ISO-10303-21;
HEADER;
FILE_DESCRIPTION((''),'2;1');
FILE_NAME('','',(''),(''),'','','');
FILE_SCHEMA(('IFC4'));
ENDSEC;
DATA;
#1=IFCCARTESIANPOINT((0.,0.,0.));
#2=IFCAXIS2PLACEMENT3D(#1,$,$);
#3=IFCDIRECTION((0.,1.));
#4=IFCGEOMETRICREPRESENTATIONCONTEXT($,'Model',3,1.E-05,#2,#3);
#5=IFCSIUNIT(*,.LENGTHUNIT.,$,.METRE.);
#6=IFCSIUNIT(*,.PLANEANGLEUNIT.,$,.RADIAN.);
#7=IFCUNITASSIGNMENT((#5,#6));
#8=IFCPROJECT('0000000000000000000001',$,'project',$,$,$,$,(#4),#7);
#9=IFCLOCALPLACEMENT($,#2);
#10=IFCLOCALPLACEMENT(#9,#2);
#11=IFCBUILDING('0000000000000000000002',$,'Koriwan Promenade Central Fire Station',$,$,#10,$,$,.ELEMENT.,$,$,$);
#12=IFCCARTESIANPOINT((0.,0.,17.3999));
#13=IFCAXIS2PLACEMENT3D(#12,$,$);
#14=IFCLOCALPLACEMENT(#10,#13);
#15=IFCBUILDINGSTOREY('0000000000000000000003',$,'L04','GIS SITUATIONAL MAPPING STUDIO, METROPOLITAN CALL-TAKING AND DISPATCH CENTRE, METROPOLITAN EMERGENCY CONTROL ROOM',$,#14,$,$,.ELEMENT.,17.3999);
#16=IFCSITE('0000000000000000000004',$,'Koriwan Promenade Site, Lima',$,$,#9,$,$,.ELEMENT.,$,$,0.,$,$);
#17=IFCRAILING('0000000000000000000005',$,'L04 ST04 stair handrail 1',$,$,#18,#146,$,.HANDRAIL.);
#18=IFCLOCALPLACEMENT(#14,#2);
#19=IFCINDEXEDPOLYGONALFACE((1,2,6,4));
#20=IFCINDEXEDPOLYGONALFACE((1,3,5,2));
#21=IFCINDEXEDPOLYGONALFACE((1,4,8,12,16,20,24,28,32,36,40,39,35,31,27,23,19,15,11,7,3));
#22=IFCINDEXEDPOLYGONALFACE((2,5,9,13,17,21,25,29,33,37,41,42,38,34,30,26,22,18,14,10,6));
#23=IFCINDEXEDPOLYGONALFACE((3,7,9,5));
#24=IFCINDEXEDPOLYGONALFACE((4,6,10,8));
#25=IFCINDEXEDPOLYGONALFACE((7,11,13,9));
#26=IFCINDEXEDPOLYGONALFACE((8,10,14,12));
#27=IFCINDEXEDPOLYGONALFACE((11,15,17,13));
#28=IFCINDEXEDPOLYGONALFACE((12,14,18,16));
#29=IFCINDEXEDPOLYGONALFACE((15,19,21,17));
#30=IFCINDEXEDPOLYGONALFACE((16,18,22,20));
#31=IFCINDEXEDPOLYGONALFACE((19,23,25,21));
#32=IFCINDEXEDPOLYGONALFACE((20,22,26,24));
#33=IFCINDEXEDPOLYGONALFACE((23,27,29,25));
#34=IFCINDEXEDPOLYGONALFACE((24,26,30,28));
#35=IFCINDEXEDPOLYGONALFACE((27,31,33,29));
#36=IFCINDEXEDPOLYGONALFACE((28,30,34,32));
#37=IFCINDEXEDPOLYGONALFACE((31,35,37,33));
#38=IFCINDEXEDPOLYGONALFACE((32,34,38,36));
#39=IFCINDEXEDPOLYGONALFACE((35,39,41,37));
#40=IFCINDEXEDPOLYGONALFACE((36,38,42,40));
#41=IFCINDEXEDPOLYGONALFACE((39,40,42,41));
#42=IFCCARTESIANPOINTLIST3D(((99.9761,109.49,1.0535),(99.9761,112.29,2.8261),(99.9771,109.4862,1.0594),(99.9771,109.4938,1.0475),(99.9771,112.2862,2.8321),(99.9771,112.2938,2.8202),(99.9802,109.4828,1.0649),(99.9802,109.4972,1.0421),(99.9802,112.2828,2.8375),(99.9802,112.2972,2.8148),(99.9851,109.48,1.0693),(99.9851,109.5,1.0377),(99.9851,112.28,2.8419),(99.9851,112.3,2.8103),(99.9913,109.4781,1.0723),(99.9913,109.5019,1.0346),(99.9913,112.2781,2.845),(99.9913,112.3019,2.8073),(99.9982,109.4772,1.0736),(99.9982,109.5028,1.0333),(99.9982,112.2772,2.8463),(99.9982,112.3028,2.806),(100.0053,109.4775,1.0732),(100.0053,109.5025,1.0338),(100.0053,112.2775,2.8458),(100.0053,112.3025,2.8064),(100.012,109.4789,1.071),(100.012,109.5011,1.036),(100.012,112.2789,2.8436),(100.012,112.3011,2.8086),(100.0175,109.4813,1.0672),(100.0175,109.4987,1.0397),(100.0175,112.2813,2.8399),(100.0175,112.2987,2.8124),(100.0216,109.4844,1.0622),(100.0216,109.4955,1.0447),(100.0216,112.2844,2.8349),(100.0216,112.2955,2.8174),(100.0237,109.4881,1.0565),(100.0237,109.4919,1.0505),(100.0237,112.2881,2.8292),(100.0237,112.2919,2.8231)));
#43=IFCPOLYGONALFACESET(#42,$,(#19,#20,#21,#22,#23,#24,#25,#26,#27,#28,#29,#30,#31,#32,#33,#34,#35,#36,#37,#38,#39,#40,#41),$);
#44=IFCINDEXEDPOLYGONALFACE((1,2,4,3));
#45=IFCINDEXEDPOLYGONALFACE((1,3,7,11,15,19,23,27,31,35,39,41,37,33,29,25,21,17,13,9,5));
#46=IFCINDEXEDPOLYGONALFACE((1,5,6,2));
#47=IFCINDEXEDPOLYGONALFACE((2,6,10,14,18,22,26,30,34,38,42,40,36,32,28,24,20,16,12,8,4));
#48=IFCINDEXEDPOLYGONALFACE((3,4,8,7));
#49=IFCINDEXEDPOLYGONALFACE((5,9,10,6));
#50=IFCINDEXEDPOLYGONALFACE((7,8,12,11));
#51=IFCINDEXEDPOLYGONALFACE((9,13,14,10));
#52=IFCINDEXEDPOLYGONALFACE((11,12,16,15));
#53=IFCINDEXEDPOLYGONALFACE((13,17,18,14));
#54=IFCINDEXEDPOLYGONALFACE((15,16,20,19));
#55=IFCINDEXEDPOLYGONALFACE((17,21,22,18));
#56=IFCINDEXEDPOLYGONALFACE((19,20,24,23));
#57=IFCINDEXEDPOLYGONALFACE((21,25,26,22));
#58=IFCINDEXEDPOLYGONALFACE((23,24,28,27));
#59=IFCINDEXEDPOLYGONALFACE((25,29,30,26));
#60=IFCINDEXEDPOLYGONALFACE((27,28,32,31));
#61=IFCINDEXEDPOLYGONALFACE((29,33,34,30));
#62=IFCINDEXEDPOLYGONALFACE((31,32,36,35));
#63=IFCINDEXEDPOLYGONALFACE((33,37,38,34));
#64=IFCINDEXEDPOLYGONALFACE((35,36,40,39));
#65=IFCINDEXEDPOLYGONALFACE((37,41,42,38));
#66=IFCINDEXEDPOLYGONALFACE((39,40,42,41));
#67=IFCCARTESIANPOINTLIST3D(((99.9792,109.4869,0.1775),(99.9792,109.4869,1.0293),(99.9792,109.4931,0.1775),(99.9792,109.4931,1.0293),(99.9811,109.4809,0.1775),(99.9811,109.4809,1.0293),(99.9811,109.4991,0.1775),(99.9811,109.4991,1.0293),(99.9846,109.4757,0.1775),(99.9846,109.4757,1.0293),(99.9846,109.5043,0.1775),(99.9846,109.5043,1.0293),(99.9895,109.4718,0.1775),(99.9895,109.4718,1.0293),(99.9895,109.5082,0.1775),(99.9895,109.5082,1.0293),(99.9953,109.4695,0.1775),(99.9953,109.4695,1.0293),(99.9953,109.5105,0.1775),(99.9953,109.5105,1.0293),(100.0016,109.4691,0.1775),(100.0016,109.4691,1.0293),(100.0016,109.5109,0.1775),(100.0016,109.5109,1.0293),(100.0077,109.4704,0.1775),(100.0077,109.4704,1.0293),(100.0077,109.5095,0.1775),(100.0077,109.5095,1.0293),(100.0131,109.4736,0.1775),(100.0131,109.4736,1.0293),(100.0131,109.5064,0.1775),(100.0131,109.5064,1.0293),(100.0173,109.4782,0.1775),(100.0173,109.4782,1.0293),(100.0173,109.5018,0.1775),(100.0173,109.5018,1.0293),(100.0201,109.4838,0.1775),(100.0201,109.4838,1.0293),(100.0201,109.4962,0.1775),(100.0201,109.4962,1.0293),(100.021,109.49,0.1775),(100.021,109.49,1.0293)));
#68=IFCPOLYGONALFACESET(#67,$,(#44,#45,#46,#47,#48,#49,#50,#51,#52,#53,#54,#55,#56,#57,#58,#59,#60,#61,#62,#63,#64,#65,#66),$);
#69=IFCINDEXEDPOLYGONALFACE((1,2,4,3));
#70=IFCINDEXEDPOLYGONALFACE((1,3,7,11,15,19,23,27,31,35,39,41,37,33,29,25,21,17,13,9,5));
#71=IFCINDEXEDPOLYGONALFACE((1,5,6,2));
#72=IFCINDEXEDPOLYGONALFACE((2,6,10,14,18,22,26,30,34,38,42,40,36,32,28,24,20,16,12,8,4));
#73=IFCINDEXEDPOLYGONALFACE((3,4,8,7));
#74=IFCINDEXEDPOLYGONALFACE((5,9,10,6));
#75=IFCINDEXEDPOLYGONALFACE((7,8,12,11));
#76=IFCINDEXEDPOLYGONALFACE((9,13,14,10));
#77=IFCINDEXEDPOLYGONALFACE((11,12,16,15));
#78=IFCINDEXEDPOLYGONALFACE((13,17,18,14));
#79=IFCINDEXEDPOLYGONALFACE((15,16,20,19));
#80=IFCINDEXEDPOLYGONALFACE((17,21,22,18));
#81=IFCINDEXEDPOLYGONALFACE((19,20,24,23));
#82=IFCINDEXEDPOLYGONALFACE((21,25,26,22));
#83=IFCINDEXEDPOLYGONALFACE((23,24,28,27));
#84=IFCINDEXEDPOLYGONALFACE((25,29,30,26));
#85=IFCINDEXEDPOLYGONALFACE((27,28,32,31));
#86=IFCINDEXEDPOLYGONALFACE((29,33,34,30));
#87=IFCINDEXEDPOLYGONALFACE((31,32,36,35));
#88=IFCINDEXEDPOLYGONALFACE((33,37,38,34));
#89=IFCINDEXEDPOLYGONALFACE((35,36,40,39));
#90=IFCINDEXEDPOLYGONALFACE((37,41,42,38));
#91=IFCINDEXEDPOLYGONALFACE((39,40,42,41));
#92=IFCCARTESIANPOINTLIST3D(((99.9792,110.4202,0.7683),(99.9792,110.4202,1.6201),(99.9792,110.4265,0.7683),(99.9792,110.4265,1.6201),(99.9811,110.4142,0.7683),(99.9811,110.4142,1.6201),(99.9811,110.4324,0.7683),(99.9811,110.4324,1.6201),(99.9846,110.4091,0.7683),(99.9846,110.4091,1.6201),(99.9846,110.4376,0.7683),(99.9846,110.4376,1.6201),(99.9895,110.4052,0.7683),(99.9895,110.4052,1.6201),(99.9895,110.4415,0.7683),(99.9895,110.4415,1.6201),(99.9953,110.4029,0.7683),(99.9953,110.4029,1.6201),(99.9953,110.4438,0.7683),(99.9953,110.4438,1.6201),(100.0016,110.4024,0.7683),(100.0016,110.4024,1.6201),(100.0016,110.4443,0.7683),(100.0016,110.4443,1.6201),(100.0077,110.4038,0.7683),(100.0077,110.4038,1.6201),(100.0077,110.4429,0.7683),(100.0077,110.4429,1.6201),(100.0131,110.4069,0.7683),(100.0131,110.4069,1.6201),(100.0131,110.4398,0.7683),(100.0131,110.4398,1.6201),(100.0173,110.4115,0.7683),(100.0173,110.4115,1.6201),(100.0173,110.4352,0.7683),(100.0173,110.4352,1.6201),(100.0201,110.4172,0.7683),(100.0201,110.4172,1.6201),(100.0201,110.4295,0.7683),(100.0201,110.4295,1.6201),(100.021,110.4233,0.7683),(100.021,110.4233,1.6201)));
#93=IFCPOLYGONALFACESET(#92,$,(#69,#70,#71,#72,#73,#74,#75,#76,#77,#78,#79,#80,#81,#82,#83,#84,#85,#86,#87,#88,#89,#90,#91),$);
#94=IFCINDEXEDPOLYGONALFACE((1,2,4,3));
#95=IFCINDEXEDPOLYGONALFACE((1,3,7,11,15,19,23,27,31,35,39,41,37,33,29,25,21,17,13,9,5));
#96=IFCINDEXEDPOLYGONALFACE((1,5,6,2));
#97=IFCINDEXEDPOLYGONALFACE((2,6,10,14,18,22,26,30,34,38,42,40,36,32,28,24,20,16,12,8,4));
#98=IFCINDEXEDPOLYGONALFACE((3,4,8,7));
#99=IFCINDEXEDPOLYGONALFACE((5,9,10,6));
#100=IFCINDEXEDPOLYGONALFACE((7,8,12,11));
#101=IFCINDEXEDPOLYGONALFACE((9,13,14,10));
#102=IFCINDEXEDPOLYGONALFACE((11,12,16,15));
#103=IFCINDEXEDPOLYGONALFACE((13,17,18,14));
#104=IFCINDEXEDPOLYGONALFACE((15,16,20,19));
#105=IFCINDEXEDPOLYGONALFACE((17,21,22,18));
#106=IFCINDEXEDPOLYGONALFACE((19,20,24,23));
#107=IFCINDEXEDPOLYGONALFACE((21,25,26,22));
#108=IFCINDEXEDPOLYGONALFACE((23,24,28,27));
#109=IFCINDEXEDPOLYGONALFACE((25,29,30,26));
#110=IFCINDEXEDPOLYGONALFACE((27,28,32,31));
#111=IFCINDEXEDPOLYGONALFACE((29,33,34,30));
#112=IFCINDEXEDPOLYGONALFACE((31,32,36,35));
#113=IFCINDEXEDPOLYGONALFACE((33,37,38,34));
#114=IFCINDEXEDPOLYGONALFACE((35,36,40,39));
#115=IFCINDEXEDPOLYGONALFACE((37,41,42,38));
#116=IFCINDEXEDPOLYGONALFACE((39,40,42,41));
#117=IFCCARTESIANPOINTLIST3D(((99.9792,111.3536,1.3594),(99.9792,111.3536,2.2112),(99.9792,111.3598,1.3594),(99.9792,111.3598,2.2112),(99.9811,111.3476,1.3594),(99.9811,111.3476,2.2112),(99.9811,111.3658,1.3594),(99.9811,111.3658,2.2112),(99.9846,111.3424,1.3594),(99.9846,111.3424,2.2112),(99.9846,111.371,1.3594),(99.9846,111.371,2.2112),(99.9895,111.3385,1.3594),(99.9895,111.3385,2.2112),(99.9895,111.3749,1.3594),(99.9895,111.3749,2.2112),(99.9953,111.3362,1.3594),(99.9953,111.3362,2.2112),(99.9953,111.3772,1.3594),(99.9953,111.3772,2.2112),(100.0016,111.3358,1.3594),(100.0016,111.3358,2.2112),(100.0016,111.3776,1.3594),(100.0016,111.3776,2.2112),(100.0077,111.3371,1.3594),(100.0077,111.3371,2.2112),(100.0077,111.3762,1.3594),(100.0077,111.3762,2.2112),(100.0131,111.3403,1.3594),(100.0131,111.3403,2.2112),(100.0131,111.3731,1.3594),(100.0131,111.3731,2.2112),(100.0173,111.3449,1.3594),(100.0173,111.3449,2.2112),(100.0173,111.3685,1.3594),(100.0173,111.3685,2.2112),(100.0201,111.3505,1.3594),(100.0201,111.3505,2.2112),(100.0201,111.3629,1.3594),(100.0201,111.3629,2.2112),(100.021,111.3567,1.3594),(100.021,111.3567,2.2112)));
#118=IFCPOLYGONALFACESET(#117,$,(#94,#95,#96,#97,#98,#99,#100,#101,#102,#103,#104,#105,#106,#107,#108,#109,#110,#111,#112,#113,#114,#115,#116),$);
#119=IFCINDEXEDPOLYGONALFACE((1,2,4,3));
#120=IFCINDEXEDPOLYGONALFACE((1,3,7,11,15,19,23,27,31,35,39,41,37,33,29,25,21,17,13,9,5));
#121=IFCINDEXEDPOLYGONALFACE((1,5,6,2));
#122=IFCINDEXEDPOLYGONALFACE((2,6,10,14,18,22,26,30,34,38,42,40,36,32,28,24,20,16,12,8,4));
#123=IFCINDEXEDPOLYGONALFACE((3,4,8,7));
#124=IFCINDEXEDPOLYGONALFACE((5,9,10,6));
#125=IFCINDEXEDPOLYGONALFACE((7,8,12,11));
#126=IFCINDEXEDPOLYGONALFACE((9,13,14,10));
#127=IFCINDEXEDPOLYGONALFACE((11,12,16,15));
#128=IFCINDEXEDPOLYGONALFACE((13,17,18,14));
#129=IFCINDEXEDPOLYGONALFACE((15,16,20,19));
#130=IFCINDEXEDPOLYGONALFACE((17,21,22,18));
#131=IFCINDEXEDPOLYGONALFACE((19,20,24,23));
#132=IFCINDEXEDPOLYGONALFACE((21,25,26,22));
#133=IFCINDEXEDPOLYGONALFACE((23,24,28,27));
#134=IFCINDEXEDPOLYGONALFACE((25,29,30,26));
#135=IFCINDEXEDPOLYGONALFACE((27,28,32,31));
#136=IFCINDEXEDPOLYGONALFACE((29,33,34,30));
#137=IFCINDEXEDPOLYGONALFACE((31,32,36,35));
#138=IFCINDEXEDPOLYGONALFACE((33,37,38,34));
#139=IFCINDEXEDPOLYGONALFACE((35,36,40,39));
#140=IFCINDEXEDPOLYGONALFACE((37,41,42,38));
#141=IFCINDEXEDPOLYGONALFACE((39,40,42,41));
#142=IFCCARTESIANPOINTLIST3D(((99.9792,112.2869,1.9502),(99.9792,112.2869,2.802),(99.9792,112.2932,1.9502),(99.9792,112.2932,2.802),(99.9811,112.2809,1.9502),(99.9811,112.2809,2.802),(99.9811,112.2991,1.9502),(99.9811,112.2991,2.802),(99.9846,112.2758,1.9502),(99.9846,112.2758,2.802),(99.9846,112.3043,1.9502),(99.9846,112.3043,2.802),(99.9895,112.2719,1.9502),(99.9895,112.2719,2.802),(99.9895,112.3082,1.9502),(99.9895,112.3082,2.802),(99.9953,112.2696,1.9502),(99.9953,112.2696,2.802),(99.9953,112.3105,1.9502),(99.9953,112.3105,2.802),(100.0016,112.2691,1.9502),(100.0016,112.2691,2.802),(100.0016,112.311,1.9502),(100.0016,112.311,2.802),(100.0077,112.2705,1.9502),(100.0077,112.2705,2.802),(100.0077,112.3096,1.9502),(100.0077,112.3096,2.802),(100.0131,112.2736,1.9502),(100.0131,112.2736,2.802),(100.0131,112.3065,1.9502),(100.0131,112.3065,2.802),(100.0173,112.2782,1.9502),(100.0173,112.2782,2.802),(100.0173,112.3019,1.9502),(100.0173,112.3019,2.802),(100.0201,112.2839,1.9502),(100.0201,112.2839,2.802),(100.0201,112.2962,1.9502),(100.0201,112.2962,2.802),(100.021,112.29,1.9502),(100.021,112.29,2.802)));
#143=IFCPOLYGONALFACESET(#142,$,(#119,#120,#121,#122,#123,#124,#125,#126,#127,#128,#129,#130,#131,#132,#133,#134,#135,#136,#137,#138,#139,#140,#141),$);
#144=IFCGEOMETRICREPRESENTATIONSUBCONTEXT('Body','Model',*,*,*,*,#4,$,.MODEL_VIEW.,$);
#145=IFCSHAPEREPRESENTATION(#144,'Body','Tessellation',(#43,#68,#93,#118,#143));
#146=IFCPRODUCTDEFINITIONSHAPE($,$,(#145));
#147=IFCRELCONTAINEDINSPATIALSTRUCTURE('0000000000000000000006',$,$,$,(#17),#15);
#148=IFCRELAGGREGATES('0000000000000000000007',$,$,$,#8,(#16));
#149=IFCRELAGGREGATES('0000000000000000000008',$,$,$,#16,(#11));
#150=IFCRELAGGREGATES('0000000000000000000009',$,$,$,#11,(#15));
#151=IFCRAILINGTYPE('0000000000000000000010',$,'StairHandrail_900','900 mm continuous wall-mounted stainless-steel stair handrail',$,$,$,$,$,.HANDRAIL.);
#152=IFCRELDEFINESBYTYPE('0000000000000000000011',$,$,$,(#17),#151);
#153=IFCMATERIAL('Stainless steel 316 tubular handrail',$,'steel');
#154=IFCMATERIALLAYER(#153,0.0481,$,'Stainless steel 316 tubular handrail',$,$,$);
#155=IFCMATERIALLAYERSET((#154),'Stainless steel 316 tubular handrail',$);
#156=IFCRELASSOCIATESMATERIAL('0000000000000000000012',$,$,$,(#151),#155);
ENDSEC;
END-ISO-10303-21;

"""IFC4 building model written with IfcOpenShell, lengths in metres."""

from ifc_helpers import new_model, si_unit, direction, frame, origin, origin_2d, place, context, subcontext, project, spatial, circle, extrude, material, layer, layer_set, type_object, element, save


model = new_model("IFC4")

# Units and contexts
model_context = context("Model", 3, precision=1e-05, world=origin(), true_north=direction((0.0, 1.0)))
body_context = subcontext(model_context, "Body", "Model", "MODEL_VIEW")
ifc_project = project(units=[si_unit("LENGTHUNIT", "METRE"), si_unit("PLANEANGLEUNIT", "RADIAN")], contexts=[model_context])

# Site, building, storey
site_placement = place(None, origin())
site = spatial("IfcSite", under=ifc_project, at=site_placement, Name="Koriwan Promenade Site, Lima", CompositionType="ELEMENT", RefElevation=0.0)
building_placement = place(site_placement, origin())
building = spatial("IfcBuilding", under=site, at=building_placement, Name="Koriwan Promenade Central Fire Station", CompositionType="ELEMENT")
storey_placement = place(building_placement, frame((0.0, 0.0, 17.3999)))
storey = spatial("IfcBuildingStorey", under=building, at=storey_placement, Name="L04", Description="GIS SITUATIONAL MAPPING STUDIO, METROPOLITAN CALL-TAKING AND DISPATCH CENTRE, METROPOLITAN EMERGENCY CONTROL ROOM", CompositionType="ELEMENT", Elevation=17.3999)

# Railing
ifc_material_1 = material(Name="Stainless steel 316 tubular handrail", Category="steel")
ifc_layer_1 = layer(ifc_material_1, 0.0481, Name="Stainless steel 316 tubular handrail")
ifc_layer_set_1 = layer_set([ifc_layer_1], Name="Stainless steel 316 tubular handrail")
railing_type_1 = type_object("IfcRailingType", Name="StairHandrail_900", Description="900 mm continuous wall-mounted stainless-steel stair handrail", PredefinedType="HANDRAIL", material=ifc_layer_set_1)
railing_1_placement = place(storey_placement, frame((100.0, 109.49, 0.1775)))
element("IfcRailing", 1, at=railing_1_placement, inside=storey, type_object=railing_type_1, Name="L04 ST04 stair handrail 1", PredefinedType="HANDRAIL", context=body_context, shape_type="SweptSolid", body=[
    extrude(circle(Radius=0.0239, at=origin_2d()), frame((0.0, 0.0, 0.876), z_axis=(0.0, 0.844909, 0.53491), x_axis=(-1.0, 0.0, 0.0)), (0.0, 0.0, 1.0), 3.314),
    extrude(circle(Radius=0.021, at=origin_2d()), origin(), (0.0, 0.0, 1.0), 0.8518),
    extrude(circle(Radius=0.021, at=origin_2d()), frame((0.0, 0.9333, 0.5908)), (0.0, 0.0, 1.0), 0.8518),
    extrude(circle(Radius=0.021, at=origin_2d()), frame((0.0, 1.8667, 1.1819)), (0.0, 0.0, 1.0), 0.8518),
    extrude(circle(Radius=0.021, at=origin_2d()), frame((0.0, 2.8, 1.7727)), (0.0, 0.0, 1.0), 0.8518),
])

save(model, "model.ifc")
